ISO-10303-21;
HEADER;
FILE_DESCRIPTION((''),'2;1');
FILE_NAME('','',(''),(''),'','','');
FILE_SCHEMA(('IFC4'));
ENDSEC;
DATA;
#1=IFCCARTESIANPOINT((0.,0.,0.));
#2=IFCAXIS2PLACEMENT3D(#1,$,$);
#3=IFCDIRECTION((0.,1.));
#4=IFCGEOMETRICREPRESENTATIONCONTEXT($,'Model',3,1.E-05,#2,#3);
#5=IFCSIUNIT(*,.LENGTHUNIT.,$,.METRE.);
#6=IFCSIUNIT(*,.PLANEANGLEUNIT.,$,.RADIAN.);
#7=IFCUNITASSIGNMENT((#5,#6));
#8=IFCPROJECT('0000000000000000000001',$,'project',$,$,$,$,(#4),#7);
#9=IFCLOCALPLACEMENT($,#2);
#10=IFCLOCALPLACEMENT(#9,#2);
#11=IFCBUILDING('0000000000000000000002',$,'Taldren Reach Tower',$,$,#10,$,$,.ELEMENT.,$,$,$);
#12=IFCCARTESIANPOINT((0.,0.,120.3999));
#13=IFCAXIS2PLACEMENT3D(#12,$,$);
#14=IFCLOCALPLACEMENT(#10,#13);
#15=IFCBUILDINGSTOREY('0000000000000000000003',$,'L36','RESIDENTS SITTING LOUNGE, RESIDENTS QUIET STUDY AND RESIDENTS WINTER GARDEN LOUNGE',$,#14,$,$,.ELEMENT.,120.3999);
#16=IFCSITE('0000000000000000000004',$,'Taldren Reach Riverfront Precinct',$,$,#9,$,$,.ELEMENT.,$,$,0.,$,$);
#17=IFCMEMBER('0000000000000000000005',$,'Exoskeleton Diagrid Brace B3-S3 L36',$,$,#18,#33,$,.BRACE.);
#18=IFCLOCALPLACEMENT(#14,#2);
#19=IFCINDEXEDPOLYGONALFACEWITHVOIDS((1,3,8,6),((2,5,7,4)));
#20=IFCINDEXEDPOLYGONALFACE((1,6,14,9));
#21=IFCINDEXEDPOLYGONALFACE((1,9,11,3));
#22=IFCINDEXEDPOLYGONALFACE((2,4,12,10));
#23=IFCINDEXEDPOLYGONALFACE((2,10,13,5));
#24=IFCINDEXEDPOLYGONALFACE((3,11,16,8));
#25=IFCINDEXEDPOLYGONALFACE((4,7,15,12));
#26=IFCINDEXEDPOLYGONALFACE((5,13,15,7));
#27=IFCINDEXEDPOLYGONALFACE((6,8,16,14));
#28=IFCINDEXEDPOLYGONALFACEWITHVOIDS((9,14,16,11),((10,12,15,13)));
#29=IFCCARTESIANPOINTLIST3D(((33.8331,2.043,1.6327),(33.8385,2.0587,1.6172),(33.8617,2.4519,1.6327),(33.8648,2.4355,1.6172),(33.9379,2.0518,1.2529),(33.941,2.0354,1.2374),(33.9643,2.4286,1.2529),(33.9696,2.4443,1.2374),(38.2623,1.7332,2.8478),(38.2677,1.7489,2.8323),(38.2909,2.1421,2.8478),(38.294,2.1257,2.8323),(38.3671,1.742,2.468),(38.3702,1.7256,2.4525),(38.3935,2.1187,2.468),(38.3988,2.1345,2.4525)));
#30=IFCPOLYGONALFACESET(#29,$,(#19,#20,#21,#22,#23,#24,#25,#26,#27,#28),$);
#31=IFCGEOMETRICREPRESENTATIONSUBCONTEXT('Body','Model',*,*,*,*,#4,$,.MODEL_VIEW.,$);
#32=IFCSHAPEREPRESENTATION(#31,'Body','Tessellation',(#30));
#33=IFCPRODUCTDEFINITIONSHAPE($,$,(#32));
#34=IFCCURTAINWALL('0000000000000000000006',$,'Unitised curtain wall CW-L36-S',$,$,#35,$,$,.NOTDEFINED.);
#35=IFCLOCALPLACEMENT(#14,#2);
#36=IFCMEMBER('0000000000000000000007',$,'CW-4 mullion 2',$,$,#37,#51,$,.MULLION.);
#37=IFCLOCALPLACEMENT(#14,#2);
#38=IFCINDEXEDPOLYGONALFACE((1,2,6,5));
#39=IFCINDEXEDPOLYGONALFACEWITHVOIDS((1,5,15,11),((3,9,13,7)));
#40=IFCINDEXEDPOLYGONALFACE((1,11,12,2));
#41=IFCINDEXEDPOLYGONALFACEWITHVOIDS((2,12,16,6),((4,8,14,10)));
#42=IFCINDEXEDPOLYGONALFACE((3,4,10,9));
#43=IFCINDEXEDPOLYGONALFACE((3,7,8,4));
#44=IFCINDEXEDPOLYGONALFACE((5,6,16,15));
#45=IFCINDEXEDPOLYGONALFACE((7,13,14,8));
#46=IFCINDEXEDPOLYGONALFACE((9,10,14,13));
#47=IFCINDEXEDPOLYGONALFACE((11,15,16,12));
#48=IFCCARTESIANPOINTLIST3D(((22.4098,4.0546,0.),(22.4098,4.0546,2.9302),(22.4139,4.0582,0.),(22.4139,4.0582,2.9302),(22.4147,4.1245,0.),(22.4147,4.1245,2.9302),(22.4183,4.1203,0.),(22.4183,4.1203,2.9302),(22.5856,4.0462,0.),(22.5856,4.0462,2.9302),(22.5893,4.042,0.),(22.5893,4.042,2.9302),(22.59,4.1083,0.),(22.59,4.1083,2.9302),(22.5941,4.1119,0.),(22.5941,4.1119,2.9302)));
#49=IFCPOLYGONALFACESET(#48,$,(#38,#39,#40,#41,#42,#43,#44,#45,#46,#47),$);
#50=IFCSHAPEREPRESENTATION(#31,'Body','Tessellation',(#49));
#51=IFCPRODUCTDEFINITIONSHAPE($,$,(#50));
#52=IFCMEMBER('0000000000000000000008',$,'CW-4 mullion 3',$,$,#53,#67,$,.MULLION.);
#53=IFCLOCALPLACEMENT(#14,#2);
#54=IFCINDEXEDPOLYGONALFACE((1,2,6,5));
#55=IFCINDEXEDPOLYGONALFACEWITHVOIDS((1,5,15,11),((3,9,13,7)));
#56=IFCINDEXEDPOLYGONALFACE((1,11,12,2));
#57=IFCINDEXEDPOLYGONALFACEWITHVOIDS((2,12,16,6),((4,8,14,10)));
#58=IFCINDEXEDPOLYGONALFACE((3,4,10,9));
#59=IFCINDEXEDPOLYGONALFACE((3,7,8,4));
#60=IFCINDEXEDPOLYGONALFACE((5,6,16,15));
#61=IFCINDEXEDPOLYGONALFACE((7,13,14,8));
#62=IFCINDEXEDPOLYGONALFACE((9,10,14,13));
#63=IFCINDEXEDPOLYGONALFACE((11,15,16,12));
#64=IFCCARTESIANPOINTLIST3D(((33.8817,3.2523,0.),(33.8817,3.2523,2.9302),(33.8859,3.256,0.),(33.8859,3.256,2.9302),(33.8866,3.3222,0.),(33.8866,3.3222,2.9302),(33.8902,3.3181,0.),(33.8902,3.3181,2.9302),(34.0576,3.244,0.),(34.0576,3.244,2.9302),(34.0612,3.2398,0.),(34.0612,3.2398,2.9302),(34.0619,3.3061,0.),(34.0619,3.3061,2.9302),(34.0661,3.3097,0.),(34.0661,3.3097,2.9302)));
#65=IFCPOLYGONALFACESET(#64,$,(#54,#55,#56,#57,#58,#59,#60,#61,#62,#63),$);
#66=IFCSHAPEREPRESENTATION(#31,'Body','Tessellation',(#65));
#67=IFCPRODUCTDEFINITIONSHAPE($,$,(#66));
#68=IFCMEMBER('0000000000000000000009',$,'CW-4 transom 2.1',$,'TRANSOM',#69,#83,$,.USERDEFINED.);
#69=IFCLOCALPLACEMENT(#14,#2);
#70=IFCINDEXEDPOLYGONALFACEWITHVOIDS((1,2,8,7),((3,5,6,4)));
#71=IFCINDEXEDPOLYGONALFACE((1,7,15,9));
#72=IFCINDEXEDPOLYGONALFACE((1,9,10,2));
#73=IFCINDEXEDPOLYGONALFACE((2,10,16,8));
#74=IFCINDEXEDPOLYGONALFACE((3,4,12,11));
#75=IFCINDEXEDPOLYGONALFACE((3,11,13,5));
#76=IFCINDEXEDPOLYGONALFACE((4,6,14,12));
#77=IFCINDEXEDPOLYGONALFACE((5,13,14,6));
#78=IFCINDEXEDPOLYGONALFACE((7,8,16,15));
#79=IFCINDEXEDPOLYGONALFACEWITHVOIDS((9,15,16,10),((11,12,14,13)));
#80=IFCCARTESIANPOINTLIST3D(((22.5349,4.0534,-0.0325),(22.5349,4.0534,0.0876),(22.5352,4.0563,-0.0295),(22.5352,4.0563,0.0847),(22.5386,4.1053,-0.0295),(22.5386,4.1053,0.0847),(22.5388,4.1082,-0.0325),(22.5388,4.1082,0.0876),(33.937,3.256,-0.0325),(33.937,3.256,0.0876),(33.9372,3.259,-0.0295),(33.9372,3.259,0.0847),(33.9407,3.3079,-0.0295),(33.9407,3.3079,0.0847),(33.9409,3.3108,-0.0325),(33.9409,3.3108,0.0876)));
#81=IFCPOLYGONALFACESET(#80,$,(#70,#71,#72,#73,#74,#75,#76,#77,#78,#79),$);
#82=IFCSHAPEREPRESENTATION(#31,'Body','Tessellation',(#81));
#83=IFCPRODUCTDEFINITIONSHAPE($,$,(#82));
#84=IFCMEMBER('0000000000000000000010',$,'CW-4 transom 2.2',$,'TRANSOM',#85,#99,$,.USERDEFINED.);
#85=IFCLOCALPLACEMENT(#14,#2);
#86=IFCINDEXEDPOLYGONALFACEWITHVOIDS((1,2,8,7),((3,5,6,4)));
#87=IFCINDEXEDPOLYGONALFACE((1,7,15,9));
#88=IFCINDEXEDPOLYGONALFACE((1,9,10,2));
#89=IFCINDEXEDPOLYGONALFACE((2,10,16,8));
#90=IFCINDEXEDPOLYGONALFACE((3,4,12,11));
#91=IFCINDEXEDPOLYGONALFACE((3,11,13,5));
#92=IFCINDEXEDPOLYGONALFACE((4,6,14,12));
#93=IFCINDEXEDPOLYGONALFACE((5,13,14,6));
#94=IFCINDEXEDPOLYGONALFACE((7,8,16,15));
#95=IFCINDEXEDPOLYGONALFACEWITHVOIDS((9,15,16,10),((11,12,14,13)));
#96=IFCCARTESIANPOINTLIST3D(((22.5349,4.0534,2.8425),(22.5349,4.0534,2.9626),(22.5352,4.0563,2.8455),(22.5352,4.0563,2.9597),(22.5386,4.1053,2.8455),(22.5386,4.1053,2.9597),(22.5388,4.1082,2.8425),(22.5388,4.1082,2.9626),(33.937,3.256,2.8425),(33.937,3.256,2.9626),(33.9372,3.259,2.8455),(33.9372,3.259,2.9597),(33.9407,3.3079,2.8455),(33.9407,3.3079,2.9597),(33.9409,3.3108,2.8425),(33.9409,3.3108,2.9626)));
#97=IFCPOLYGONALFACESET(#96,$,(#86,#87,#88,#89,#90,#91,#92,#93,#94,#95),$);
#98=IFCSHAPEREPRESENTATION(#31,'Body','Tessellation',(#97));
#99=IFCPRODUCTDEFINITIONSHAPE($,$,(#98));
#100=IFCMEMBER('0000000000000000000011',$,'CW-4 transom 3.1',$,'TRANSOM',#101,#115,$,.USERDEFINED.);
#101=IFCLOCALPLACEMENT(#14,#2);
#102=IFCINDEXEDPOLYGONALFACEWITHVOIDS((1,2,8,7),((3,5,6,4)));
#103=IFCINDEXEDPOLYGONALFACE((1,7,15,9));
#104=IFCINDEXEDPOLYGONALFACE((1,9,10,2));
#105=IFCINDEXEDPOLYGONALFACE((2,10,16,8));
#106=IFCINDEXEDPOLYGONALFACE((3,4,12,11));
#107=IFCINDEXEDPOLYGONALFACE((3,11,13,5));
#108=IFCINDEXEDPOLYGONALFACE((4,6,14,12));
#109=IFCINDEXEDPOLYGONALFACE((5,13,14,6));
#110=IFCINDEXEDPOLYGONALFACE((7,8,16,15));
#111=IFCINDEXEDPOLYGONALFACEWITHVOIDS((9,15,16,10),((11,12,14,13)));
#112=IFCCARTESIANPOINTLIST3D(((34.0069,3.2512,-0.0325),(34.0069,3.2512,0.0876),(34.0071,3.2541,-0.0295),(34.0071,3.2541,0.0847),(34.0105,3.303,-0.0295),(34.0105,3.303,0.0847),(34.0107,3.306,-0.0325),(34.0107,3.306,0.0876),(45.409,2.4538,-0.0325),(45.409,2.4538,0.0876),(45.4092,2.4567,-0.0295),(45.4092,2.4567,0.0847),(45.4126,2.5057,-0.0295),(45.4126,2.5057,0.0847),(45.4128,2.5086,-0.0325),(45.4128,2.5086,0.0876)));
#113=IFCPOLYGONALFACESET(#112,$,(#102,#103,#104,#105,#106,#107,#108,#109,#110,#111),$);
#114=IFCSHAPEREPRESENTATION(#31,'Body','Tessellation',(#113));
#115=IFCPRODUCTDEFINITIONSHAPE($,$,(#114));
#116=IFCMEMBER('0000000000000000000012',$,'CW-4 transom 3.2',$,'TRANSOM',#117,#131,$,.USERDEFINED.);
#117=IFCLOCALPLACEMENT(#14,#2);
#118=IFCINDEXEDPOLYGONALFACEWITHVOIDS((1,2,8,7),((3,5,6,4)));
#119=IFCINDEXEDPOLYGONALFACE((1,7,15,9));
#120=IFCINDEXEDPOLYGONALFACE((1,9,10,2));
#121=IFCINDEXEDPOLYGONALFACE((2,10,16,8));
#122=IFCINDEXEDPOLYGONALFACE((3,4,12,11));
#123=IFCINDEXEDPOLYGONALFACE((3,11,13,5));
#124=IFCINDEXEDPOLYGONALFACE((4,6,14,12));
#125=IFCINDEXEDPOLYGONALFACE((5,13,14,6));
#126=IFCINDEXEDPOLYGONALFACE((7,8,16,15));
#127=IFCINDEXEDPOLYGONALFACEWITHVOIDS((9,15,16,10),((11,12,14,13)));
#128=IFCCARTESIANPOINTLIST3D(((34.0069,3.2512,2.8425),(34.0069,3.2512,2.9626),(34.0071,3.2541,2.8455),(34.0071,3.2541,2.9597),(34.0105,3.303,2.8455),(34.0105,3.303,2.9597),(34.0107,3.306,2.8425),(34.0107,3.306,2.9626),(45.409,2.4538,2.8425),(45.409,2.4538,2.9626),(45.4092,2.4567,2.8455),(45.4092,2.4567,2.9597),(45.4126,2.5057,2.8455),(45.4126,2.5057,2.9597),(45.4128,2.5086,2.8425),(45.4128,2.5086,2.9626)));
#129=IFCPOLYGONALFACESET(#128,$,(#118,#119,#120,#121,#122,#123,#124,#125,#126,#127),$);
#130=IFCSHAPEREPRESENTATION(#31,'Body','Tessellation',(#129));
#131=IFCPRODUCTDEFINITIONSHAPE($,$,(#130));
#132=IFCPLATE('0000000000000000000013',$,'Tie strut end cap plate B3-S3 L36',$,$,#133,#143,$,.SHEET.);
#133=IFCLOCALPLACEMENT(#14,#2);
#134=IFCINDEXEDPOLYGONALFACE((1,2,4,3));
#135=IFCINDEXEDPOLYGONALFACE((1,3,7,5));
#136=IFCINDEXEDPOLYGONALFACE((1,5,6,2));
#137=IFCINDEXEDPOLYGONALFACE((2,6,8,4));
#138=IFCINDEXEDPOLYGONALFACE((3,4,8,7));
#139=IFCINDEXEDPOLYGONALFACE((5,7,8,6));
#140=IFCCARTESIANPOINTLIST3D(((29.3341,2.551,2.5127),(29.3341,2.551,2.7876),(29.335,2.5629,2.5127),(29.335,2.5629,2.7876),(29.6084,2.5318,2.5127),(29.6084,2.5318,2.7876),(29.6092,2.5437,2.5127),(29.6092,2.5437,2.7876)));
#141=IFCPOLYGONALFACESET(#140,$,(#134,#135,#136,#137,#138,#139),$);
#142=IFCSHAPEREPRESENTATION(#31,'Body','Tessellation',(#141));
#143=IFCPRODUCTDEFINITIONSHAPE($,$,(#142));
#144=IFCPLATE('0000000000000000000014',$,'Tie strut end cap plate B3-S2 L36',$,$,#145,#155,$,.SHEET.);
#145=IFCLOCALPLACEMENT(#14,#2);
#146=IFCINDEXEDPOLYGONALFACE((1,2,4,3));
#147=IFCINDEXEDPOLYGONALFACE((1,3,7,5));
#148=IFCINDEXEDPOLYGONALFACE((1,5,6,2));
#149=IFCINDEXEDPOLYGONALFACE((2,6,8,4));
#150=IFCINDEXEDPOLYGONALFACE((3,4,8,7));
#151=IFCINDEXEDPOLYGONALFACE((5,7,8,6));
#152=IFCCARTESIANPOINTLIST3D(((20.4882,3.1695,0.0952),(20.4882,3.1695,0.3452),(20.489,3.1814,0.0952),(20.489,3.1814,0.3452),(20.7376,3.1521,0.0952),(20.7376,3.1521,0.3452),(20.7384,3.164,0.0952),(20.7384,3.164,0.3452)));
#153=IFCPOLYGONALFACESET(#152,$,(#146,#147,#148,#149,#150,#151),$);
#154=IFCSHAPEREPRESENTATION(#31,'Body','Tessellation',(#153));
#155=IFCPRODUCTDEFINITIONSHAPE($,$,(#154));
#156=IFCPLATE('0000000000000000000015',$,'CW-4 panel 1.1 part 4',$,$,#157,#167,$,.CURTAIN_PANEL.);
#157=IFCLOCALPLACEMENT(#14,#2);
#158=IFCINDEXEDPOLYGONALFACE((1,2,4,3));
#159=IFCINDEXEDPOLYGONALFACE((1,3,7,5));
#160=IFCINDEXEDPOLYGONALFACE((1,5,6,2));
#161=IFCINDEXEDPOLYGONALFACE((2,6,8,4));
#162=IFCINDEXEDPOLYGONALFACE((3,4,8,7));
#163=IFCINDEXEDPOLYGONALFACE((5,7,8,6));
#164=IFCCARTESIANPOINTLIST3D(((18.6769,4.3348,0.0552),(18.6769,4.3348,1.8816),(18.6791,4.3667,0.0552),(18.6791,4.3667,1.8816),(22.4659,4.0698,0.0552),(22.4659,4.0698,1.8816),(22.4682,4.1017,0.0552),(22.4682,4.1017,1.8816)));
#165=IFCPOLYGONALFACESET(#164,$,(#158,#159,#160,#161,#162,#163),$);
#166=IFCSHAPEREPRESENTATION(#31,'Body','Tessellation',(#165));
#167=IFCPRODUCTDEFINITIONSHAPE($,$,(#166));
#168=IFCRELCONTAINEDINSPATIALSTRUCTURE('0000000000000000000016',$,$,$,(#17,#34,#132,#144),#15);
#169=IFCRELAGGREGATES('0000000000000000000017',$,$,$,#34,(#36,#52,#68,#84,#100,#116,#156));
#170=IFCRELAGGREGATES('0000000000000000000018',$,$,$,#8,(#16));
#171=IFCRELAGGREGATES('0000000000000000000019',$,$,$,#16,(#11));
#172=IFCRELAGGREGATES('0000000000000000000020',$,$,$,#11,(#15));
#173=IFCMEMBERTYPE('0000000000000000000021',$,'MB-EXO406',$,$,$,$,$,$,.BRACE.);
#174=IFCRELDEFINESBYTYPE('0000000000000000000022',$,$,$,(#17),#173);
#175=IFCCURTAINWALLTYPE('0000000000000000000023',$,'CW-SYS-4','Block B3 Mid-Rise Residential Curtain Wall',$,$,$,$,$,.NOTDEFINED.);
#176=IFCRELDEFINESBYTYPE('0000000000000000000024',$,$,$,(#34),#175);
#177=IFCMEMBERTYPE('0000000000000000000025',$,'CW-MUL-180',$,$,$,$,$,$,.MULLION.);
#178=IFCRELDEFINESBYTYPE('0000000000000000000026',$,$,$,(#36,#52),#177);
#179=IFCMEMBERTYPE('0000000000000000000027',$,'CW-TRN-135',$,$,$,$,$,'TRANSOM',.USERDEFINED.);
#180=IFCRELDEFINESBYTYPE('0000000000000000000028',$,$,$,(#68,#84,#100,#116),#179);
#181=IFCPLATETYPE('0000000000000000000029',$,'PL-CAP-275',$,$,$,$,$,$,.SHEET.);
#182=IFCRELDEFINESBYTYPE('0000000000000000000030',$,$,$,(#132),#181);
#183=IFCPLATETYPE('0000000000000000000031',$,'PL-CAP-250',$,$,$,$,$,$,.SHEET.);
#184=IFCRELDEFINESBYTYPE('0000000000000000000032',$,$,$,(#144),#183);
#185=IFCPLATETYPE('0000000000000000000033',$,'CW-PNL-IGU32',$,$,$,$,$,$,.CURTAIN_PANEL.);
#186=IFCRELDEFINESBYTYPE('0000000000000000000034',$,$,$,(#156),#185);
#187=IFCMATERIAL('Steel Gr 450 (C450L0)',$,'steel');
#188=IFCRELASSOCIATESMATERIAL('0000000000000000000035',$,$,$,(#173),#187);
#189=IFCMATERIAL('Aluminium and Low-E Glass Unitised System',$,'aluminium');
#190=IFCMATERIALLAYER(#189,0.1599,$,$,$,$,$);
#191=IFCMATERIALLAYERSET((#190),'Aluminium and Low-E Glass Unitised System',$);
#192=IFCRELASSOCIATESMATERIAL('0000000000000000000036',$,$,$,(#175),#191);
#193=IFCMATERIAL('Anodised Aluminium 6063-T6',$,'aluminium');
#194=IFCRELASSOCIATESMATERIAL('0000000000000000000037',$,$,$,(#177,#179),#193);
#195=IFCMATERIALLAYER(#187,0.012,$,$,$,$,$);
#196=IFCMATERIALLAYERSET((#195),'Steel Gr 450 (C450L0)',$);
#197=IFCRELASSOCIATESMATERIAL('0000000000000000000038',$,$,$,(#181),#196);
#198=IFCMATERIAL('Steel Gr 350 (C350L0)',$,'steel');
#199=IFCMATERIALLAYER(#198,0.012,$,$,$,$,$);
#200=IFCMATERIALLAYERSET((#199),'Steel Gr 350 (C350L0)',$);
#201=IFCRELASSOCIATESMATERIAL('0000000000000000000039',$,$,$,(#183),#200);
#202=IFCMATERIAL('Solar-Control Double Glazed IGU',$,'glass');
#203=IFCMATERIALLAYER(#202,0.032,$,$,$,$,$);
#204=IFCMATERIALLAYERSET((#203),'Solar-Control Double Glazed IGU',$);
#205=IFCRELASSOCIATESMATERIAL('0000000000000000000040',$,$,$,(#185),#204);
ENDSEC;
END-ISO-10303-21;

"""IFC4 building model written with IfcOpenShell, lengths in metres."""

from ifc_helpers import new_model, si_unit, direction, frame, origin, origin_2d, place, context, subcontext, project, spatial, rectangle, hollow_rectangle, extrude, source, transform, mapped, material, layer, layer_set, material_profile, profile_set, type_object, element, aggregate, save


model = new_model("IFC4")

# Units and contexts
model_context = context("Model", 3, precision=1e-05, world=origin(), true_north=direction((0.0, 1.0)))
body_context = subcontext(model_context, "Body", "Model", "MODEL_VIEW")
ifc_project = project(units=[si_unit("LENGTHUNIT", "METRE"), si_unit("PLANEANGLEUNIT", "RADIAN")], contexts=[model_context])

# Site, building, storey
site_placement = place(None, origin())
site = spatial("IfcSite", under=ifc_project, at=site_placement, Name="Taldren Reach Riverfront Precinct", CompositionType="ELEMENT", RefElevation=0.0)
building_placement = place(site_placement, origin())
building = spatial("IfcBuilding", under=site, at=building_placement, Name="Taldren Reach Tower", CompositionType="ELEMENT")
storey_placement = place(building_placement, frame((0.0, 0.0, 120.3999)))
storey = spatial("IfcBuildingStorey", under=building, at=storey_placement, Name="L36", Description="RESIDENTS SITTING LOUNGE, RESIDENTS QUIET STUDY AND RESIDENTS WINTER GARDEN LOUNGE", CompositionType="ELEMENT", Elevation=120.3999)

# Shared definitions
ifc_material_1 = material(Name="Steel Gr 450 (C450L0)", Category="steel")
ifc_material_2 = material(Name="Steel Gr 350 (C350L0)", Category="steel")

# Member
ifc_material_profile_1 = material_profile(ifc_material_1, hollow_rectangle(XDim=0.4099, YDim=0.4099, WallThickness=0.0161, at=origin_2d()), Name="410x410x16.0SHS")
ifc_profile_set_1 = profile_set([ifc_material_profile_1], Name="Steel Gr 450 (C450L0)")
member_type_1 = type_object("IfcMemberType", Name="MB-EXO406", PredefinedType="BRACE", material=ifc_profile_set_1)
shared_shape_1 = source(origin(), body_context, "Body", "SweptSolid", [
    extrude(hollow_rectangle(XDim=0.4099, YDim=0.4099, WallThickness=0.0161, at=origin_2d()), origin(), (0.0, 0.0, 1.0), 4.6033),
])
for number, where, z_axis, x_axis, name in (
    (1, (33.9014, 2.2437, 1.4351), (0.962182, -0.067303, 0.263961), (0.069778, 0.997563, 0.0), "Exoskeleton Diagrid Brace B3-S3 L36"),
):
    element("IfcMember", number, at=place(storey_placement, frame(where, z_axis=z_axis, x_axis=x_axis)), inside=storey, type_object=member_type_1, Name=name, PredefinedType="BRACE", context=body_context, shape_type="MappedRepresentation", body=[
        mapped(shared_shape_1, transform((0.0, 0.0, 0.0), scale=1.0)),
    ])

# Curtain wall, members
ifc_material_3 = material(Name="Aluminium and Low-E Glass Unitised System", Category="aluminium")
ifc_layer_1 = layer(ifc_material_3, 0.1599)
ifc_layer_set_1 = layer_set([ifc_layer_1], Name="Aluminium and Low-E Glass Unitised System")
curtain_wall_type = type_object("IfcCurtainWallType", Name="CW-SYS-4", Description="Block B3 Mid-Rise Residential Curtain Wall", PredefinedType="NOTDEFINED", material=ifc_layer_set_1)
curtain_wall_placement = place(storey_placement, origin())
curtain_wall = element("IfcCurtainWall", 2, at=curtain_wall_placement, inside=storey, type_object=curtain_wall_type, Name="Unitised curtain wall CW-L36-S", PredefinedType="NOTDEFINED")
ifc_material_4 = material(Name="Anodised Aluminium 6063-T6", Category="aluminium")
ifc_material_profile_2 = material_profile(ifc_material_4, hollow_rectangle(XDim=0.0701, YDim=0.1799, WallThickness=0.0039, at=origin_2d()), Name="ALU-180x70x4RHS")
ifc_profile_set_2 = profile_set([ifc_material_profile_2], Name="Anodised Aluminium 6063-T6")
member_type_2 = type_object("IfcMemberType", Name="CW-MUL-180", PredefinedType="MULLION", material=ifc_profile_set_2)
shared_shape_2 = source(origin(), body_context, "Body", "SweptSolid", [
    extrude(hollow_rectangle(XDim=0.0701, YDim=0.1799, WallThickness=0.0039, at=origin_2d()), origin(), (0.0, 0.0, 1.0), 2.9302),
])
member_1_placement = place(storey_placement, frame((22.502, 4.0833, 0.0), z_axis=(0.0, 0.0, 1.0), x_axis=(0.069757, 0.997564, 0.0)))
member_1 = element("IfcMember", 3, at=member_1_placement, type_object=member_type_2, Name="CW-4 mullion 2", PredefinedType="MULLION", context=body_context, shape_type="MappedRepresentation", body=[
    mapped(shared_shape_2, transform((0.0, 0.0, 0.0), scale=1.0)),
])
member_2_placement = place(storey_placement, frame((33.9739, 3.281, 0.0), z_axis=(0.0, 0.0, 1.0), x_axis=(0.069757, 0.997564, 0.0)))
member_2 = element("IfcMember", 4, at=member_2_placement, type_object=member_type_2, Name="CW-4 mullion 3", PredefinedType="MULLION", context=body_context, shape_type="MappedRepresentation", body=[
    mapped(shared_shape_2, transform((0.0, 0.0, 0.0), scale=1.0)),
])
ifc_material_profile_3 = material_profile(ifc_material_4, hollow_rectangle(XDim=0.0549, YDim=0.1201, WallThickness=0.0029, at=origin_2d()), Name="ALU-120x55x3RHS")
ifc_profile_set_3 = profile_set([ifc_material_profile_3], Name="Anodised Aluminium 6063-T6")
member_type_3 = type_object("IfcMemberType", Name="CW-TRN-135", ElementType="TRANSOM", PredefinedType="USERDEFINED", material=ifc_profile_set_3)
shared_shape_3 = source(origin(), body_context, "Body", "SweptSolid", [
    extrude(hollow_rectangle(XDim=0.0549, YDim=0.1201, WallThickness=0.0029, at=origin_2d()), origin(), (0.0, 0.0, 1.0), 11.4299),
])
member_3_placement = place(storey_placement, frame((22.5369, 4.0808, 0.0276), z_axis=(0.997564, -0.069761, 0.0), x_axis=(0.069761, 0.997564, 0.0)))
member_3 = element("IfcMember", 5, at=member_3_placement, type_object=member_type_3, Name="CW-4 transom 2.1", ObjectType="TRANSOM", PredefinedType="USERDEFINED", context=body_context, shape_type="MappedRepresentation", body=[
    mapped(shared_shape_3, transform((0.0, 0.0, 0.0), scale=1.0)),
])
member_4_placement = place(storey_placement, frame((22.5369, 4.0808, 2.9026), z_axis=(0.997564, -0.069761, 0.0), x_axis=(0.069761, 0.997564, 0.0)))
member_4 = element("IfcMember", 6, at=member_4_placement, type_object=member_type_3, Name="CW-4 transom 2.2", ObjectType="TRANSOM", PredefinedType="USERDEFINED", context=body_context, shape_type="MappedRepresentation", body=[
    mapped(shared_shape_3, transform((0.0, 0.0, 0.0), scale=1.0)),
])
member_5_placement = place(storey_placement, frame((34.0088, 3.2786, 0.0276), z_axis=(0.997564, -0.069761, 0.0), x_axis=(0.069761, 0.997564, 0.0)))
member_5 = element("IfcMember", 7, at=member_5_placement, type_object=member_type_3, Name="CW-4 transom 3.1", ObjectType="TRANSOM", PredefinedType="USERDEFINED", context=body_context, shape_type="MappedRepresentation", body=[
    mapped(shared_shape_3, transform((0.0, 0.0, 0.0), scale=1.0)),
])
member_6_placement = place(storey_placement, frame((34.0088, 3.2786, 2.9026), z_axis=(0.997564, -0.069761, 0.0), x_axis=(0.069761, 0.997564, 0.0)))
member_6 = element("IfcMember", 8, at=member_6_placement, type_object=member_type_3, Name="CW-4 transom 3.2", ObjectType="TRANSOM", PredefinedType="USERDEFINED", context=body_context, shape_type="MappedRepresentation", body=[
    mapped(shared_shape_3, transform((0.0, 0.0, 0.0), scale=1.0)),
])

# Plates
ifc_layer_2 = layer(ifc_material_1, 0.012)
ifc_layer_set_2 = layer_set([ifc_layer_2], Name="Steel Gr 450 (C450L0)")
plate_type_1 = type_object("IfcPlateType", Name="PL-CAP-275", PredefinedType="SHEET", material=ifc_layer_set_2)
shared_shape_4 = source(origin(), body_context, "Body", "SweptSolid", [
    extrude(rectangle(XDim=0.2749, YDim=0.012, at=origin_2d()), origin(), (0.0, 0.0, 1.0), 0.2749),
])
plate_1_placement = place(storey_placement, frame((29.4717, 2.5474, 2.5127), z_axis=(0.0, 0.0, 1.0), x_axis=(0.997564, -0.069756, 0.0)))
element("IfcPlate", 9, at=plate_1_placement, inside=storey, type_object=plate_type_1, Name="Tie strut end cap plate B3-S3 L36", PredefinedType="SHEET", context=body_context, shape_type="MappedRepresentation", body=[
    mapped(shared_shape_4, transform((0.0, 0.0, 0.0), scale=1.0)),
])
ifc_layer_3 = layer(ifc_material_2, 0.012)
ifc_layer_set_3 = layer_set([ifc_layer_3], Name="Steel Gr 350 (C350L0)")
plate_type_2 = type_object("IfcPlateType", Name="PL-CAP-250", PredefinedType="SHEET", material=ifc_layer_set_3)
shared_shape_5 = source(origin(), body_context, "Body", "SweptSolid", [
    extrude(rectangle(XDim=0.25, YDim=0.012, at=origin_2d()), origin(), (0.0, 0.0, 1.0), 0.25),
])
plate_2_placement = place(storey_placement, frame((20.6133, 3.1667, 0.0952), z_axis=(0.0, 0.0, 1.0), x_axis=(0.997564, -0.069756, 0.0)))
element("IfcPlate", 10, at=plate_2_placement, inside=storey, type_object=plate_type_2, Name="Tie strut end cap plate B3-S2 L36", PredefinedType="SHEET", context=body_context, shape_type="MappedRepresentation", body=[
    mapped(shared_shape_5, transform((0.0, 0.0, 0.0), scale=1.0)),
])

# Plate
ifc_material_5 = material(Name="Solar-Control Double Glazed IGU", Category="glass")
ifc_layer_4 = layer(ifc_material_5, 0.032)
ifc_layer_set_4 = layer_set([ifc_layer_4], Name="Solar-Control Double Glazed IGU")
plate_type_3 = type_object("IfcPlateType", Name="CW-PNL-IGU32", PredefinedType="CURTAIN_PANEL", material=ifc_layer_set_4)
shared_shape_6 = source(origin(), body_context, "Body", "SweptSolid", [
    extrude(rectangle(XDim=3.7983, YDim=0.032, at=origin_2d()), origin(), (0.0, 0.0, 1.0), 1.8264),
])
plate_3_placement = place(storey_placement, frame((20.5725, 4.2183, 0.0552), z_axis=(0.0, 0.0, 1.0), x_axis=(0.997564, -0.069757, 0.0)))
plate_3 = element("IfcPlate", 11, at=plate_3_placement, type_object=plate_type_3, Name="CW-4 panel 1.1 part 4", PredefinedType="CURTAIN_PANEL", context=body_context, shape_type="MappedRepresentation", body=[
    mapped(shared_shape_6, transform((0.0, 0.0, 0.0), scale=1.0)),
])
aggregate(curtain_wall, [member_1, member_2, member_3, member_4, member_5, member_6, plate_3])

save(model, "model.ifc")
